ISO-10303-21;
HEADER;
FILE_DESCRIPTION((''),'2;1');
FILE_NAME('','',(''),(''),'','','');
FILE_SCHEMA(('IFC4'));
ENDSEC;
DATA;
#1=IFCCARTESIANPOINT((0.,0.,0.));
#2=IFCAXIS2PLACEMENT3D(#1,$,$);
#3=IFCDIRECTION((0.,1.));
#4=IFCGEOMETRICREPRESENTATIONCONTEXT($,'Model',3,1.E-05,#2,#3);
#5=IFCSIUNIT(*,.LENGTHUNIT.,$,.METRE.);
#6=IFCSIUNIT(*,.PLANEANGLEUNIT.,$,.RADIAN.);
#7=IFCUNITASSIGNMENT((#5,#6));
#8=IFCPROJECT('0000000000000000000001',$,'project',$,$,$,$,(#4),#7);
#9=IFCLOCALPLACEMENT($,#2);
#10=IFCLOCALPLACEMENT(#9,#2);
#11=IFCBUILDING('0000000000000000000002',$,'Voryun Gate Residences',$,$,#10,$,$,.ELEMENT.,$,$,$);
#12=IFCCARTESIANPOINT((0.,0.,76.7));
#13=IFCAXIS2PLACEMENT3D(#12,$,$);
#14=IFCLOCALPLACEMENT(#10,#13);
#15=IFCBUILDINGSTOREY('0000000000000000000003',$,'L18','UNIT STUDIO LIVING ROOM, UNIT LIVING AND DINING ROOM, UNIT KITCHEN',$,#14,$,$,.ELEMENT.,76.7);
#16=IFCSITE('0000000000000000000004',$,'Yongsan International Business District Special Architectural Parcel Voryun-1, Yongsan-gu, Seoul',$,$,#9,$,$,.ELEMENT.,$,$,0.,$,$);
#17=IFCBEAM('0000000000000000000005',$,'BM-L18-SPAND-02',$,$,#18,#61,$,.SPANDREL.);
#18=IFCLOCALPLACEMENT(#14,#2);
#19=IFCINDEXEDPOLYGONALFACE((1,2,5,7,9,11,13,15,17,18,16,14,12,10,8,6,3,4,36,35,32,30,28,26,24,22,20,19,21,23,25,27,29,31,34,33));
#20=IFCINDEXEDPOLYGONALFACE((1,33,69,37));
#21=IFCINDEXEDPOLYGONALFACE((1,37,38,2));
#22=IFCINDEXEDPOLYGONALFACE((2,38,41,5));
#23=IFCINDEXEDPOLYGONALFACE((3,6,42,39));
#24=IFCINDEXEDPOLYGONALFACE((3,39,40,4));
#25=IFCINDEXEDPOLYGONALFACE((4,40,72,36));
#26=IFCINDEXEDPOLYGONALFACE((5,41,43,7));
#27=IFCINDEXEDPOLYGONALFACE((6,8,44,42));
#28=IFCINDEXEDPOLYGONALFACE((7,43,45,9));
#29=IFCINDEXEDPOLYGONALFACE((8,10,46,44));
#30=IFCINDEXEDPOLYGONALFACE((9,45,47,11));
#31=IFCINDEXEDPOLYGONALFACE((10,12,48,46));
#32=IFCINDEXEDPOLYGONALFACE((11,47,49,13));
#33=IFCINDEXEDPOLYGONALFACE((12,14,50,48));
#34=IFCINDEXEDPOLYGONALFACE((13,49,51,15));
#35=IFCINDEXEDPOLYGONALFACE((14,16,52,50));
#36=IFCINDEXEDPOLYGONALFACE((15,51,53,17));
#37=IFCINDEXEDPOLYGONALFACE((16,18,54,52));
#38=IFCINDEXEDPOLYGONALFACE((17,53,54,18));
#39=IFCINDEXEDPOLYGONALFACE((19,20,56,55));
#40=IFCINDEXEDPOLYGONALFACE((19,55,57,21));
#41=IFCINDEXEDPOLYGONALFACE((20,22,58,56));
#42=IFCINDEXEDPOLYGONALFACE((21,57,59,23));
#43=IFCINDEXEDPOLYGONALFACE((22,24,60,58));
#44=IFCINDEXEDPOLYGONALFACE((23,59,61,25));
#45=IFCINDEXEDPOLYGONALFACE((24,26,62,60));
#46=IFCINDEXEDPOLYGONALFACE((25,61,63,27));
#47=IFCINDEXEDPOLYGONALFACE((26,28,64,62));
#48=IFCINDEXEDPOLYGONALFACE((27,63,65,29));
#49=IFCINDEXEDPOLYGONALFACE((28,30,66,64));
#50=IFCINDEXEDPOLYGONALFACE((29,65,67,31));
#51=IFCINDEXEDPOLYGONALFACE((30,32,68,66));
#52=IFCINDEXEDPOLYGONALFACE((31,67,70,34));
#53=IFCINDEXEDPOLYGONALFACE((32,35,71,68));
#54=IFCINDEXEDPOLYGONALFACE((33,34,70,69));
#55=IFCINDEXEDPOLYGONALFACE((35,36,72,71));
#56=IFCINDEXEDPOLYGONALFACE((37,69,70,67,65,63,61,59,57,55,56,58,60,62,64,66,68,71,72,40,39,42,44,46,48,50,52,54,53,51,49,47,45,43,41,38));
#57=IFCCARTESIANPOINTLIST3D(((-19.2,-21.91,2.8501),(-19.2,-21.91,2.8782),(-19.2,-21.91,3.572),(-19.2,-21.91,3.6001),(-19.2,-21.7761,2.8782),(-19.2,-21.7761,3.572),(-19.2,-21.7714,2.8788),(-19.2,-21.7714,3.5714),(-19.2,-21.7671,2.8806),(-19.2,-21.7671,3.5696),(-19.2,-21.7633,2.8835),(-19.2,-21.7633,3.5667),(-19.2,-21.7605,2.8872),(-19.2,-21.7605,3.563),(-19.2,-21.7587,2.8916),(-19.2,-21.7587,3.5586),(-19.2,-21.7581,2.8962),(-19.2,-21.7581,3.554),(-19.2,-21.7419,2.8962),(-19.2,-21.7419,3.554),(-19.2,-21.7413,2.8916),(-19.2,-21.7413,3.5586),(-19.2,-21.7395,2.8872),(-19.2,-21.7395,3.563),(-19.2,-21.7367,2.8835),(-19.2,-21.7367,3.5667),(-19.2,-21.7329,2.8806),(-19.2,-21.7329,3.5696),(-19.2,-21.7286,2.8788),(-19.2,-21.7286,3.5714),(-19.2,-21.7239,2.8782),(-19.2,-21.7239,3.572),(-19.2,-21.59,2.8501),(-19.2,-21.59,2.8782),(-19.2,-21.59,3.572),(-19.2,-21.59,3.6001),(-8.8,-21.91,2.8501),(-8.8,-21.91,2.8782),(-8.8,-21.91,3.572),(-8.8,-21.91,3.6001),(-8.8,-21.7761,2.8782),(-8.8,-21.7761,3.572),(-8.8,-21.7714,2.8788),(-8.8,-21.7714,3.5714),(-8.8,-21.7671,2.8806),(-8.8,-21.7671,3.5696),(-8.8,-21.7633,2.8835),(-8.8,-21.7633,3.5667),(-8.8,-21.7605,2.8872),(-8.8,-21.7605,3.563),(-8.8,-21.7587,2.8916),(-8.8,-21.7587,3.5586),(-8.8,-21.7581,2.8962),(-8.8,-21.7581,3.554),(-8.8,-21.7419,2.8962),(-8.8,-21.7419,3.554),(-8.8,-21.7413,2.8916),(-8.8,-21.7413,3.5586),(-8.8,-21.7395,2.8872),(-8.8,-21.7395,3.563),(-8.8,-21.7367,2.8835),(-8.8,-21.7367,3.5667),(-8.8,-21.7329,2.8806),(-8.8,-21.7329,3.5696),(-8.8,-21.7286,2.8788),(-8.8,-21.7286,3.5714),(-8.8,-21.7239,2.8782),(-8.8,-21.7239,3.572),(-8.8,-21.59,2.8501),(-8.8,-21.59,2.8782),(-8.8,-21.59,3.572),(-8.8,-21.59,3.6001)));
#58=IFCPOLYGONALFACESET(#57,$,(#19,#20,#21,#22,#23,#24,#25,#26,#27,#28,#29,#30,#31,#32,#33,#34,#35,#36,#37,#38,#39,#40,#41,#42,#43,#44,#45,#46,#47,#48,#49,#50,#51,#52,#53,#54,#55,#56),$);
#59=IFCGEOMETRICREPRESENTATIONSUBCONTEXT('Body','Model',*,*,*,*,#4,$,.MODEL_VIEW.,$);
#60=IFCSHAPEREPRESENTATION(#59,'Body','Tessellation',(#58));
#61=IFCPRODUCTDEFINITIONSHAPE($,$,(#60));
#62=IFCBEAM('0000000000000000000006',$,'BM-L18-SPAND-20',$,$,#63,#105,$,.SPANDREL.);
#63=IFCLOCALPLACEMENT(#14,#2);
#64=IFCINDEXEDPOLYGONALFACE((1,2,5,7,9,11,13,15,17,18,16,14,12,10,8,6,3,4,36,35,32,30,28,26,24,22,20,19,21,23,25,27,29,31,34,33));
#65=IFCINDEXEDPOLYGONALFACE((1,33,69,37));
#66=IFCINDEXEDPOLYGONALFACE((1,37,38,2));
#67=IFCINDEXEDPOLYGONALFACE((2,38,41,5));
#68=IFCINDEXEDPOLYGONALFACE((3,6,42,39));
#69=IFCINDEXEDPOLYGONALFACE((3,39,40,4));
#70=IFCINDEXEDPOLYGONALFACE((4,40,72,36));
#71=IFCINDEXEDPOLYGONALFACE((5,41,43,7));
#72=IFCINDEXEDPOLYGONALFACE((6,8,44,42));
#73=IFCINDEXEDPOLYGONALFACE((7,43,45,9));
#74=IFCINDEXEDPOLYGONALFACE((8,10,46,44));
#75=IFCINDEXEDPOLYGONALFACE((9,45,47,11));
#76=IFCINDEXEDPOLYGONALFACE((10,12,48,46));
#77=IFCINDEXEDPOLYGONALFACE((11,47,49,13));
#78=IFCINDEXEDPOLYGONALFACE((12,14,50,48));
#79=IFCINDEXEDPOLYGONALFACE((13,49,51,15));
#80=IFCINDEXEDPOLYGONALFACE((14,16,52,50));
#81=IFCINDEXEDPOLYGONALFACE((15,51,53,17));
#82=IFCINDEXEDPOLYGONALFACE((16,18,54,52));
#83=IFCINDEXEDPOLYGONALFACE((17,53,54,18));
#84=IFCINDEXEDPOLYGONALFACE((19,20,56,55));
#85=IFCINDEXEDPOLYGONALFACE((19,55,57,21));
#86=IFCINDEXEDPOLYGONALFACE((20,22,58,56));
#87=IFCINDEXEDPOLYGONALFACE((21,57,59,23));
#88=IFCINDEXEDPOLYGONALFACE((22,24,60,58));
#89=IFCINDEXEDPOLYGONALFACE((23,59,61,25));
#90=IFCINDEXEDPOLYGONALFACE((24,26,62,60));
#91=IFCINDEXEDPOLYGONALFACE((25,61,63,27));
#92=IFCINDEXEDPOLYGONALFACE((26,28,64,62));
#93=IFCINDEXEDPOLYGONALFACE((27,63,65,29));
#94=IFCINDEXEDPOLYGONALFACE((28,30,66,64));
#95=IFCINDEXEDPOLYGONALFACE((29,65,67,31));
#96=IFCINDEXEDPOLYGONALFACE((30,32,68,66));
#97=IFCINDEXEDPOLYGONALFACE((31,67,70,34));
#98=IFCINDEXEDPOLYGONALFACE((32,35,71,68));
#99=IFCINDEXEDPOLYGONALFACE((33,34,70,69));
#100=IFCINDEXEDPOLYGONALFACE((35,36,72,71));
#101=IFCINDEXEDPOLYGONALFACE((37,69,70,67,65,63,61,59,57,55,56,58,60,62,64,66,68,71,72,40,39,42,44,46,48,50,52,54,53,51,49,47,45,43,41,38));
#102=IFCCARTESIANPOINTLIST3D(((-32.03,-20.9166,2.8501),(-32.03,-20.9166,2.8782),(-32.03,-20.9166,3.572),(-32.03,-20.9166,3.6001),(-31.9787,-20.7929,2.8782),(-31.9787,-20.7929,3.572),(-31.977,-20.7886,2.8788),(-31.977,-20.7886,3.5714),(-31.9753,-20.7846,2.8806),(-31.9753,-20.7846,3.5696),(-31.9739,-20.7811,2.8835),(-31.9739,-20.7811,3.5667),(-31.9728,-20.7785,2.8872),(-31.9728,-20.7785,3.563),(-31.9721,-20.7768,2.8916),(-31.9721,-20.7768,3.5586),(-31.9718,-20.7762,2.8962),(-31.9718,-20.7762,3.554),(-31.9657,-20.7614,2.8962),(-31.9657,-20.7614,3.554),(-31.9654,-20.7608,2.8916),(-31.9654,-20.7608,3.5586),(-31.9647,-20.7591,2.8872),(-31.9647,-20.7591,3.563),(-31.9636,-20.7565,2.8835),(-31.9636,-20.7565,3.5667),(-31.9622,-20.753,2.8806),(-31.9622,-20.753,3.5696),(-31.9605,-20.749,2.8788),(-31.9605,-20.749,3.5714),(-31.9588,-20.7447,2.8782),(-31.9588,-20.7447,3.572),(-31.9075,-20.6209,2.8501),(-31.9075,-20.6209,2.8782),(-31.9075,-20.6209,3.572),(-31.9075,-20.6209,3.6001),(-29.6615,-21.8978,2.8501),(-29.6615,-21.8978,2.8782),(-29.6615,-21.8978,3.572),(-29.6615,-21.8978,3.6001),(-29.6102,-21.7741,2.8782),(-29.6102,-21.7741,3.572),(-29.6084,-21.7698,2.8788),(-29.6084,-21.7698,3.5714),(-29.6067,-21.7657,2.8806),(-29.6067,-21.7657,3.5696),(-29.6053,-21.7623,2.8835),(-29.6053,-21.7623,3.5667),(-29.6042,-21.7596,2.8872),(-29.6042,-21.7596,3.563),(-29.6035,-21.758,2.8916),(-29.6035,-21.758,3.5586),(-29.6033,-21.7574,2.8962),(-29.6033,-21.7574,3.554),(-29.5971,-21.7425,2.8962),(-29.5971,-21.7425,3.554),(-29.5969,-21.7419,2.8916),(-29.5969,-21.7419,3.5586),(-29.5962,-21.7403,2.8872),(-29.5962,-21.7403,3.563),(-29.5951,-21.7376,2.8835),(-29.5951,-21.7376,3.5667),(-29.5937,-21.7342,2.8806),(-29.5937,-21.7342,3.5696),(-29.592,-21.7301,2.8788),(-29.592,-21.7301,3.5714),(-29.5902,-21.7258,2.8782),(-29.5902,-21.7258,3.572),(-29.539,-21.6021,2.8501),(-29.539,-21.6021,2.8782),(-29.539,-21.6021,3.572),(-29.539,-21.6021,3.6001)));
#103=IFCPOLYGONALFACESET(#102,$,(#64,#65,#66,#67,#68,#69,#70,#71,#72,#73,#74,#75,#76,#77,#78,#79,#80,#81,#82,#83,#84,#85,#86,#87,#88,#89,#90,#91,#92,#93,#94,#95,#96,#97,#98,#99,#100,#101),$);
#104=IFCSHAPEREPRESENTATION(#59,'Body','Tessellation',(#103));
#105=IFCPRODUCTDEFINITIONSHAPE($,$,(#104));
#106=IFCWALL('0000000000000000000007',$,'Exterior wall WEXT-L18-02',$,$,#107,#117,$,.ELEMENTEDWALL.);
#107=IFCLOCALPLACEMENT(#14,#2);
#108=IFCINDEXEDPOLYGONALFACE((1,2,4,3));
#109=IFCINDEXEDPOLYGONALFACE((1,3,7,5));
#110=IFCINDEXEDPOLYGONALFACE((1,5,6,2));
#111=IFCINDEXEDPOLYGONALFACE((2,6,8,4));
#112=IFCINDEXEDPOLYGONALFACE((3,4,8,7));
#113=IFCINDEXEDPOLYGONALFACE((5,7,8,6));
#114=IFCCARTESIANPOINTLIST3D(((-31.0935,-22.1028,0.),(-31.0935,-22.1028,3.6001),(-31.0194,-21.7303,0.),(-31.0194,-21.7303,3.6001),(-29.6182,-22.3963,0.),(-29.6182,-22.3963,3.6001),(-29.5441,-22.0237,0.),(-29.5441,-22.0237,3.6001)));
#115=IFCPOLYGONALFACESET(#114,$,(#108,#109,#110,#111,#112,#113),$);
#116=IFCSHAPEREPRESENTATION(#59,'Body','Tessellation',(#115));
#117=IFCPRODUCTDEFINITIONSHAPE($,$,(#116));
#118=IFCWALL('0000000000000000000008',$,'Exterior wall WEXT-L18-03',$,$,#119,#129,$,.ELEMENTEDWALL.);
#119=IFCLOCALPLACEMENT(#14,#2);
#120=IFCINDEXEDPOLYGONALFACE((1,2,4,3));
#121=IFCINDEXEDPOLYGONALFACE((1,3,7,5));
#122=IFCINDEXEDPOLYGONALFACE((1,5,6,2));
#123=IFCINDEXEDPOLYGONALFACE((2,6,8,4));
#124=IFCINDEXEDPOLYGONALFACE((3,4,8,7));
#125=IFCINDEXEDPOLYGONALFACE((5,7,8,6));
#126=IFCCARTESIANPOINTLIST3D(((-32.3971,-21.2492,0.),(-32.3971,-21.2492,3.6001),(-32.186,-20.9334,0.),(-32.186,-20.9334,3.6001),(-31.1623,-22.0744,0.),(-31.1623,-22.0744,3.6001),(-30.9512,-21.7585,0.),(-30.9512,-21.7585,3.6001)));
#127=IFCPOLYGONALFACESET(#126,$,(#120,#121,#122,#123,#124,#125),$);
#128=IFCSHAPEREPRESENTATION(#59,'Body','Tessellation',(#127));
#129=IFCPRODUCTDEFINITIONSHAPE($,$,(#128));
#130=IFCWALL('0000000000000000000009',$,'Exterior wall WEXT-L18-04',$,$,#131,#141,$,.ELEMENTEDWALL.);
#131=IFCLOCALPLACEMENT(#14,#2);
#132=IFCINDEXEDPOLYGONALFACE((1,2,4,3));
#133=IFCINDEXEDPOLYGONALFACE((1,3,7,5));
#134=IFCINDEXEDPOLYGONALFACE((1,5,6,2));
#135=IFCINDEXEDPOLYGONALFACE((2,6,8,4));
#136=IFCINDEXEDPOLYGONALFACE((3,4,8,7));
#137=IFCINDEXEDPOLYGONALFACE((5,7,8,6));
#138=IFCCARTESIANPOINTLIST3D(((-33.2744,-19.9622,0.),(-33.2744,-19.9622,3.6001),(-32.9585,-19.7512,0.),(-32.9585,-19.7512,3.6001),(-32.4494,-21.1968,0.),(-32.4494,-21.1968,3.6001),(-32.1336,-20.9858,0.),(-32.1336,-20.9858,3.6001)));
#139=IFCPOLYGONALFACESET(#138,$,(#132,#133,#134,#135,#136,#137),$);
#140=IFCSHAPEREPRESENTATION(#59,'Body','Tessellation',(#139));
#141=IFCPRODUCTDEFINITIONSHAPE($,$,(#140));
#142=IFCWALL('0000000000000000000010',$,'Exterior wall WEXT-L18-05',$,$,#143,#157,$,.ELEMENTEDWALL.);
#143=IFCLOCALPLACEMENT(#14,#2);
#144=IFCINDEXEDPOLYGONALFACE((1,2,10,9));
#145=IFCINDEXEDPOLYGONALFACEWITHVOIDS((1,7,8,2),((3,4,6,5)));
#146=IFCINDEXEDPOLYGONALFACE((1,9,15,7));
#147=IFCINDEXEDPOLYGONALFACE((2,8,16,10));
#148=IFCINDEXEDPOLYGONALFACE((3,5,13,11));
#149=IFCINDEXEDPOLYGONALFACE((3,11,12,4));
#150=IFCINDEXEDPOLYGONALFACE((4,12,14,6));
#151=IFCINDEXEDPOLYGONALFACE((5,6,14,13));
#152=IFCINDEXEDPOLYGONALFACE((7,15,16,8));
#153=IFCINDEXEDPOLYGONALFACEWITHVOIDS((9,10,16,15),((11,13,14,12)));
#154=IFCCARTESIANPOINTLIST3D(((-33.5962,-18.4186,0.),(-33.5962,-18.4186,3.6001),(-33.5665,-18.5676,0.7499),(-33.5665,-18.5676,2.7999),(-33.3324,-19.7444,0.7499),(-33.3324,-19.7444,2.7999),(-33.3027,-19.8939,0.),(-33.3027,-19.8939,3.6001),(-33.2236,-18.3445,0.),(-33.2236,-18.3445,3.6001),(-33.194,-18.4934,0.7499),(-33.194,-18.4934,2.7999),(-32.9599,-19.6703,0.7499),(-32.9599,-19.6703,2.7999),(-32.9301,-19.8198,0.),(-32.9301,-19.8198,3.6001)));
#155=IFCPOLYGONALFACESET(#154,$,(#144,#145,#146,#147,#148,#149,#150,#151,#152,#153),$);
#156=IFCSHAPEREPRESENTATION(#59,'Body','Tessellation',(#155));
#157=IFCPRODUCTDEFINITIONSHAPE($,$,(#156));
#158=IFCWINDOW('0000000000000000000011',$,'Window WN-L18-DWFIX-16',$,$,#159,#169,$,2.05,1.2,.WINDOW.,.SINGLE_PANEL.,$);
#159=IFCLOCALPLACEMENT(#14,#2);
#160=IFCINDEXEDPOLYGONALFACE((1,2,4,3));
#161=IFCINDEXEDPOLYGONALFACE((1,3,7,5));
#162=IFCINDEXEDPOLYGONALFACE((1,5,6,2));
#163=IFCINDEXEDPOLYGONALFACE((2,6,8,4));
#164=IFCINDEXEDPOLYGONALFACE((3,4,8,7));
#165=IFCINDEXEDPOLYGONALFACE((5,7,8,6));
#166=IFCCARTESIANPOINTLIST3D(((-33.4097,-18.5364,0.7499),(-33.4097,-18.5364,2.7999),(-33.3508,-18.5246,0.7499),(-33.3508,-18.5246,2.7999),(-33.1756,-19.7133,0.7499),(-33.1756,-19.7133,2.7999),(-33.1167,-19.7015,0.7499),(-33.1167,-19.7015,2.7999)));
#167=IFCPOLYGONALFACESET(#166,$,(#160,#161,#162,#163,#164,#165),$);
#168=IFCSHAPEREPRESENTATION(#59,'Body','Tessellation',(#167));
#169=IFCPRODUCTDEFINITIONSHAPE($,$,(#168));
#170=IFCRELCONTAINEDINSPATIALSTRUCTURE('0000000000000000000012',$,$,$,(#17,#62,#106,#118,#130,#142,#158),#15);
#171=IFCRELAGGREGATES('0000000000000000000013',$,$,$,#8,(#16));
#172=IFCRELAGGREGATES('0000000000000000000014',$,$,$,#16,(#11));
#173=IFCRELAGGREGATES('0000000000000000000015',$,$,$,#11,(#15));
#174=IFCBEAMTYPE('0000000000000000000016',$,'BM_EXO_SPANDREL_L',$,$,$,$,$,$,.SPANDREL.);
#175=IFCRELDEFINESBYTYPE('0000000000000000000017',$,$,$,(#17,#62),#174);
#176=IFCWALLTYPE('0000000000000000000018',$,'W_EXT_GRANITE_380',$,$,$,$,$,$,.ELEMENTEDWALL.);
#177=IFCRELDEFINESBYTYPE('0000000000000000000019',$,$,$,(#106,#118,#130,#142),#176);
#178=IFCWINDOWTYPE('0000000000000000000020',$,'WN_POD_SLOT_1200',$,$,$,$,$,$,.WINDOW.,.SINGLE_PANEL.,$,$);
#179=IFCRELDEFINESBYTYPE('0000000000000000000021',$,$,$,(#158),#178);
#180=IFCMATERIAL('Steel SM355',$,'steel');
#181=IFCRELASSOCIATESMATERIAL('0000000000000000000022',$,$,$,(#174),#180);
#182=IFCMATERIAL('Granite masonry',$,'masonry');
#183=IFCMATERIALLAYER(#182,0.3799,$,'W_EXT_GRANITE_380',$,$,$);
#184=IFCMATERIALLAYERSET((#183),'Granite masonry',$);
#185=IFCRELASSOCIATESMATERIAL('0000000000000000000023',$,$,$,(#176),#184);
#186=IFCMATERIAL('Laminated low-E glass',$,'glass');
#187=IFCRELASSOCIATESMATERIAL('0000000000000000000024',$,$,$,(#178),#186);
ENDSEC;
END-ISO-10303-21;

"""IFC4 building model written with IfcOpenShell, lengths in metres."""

from ifc_helpers import new_model, si_unit, direction, frame, frame_2d, origin, origin_2d, place, context, subcontext, project, spatial, rectangle, i_section, extrude, material, layer, layer_set, material_profile, profile_set, type_object, element, fill, save


model = new_model("IFC4")

# Units and contexts
model_context = context("Model", 3, precision=1e-05, world=origin(), true_north=direction((0.0, 1.0)))
body_context = subcontext(model_context, "Body", "Model", "MODEL_VIEW")
ifc_project = project(units=[si_unit("LENGTHUNIT", "METRE"), si_unit("PLANEANGLEUNIT", "RADIAN")], contexts=[model_context])

# Site, building, storey
site_placement = place(None, origin())
site = spatial("IfcSite", under=ifc_project, at=site_placement, Name="Yongsan International Business District Special Architectural Parcel Voryun-1, Yongsan-gu, Seoul", CompositionType="ELEMENT", RefElevation=0.0)
building_placement = place(site_placement, origin())
building = spatial("IfcBuilding", under=site, at=building_placement, Name="Voryun Gate Residences", CompositionType="ELEMENT")
storey_placement = place(building_placement, frame((0.0, 0.0, 76.7)))
storey = spatial("IfcBuildingStorey", under=building, at=storey_placement, Name="L18", Description="UNIT STUDIO LIVING ROOM, UNIT LIVING AND DINING ROOM, UNIT KITCHEN", CompositionType="ELEMENT", Elevation=76.7)

# Beams
ifc_material_1 = material(Name="Steel SM355", Category="steel")
ifc_material_profile_1 = material_profile(ifc_material_1, i_section(OverallWidth=0.3201, OverallDepth=0.75, WebThickness=0.0161, FlangeThickness=0.0281, FilletRadius=0.0181, at=origin_2d()), Name="H-750x320x16x28")
ifc_profile_set_1 = profile_set([ifc_material_profile_1], Name="Steel SM355")
beam_type = type_object("IfcBeamType", Name="BM_EXO_SPANDREL_L", PredefinedType="SPANDREL", material=ifc_profile_set_1)
beam_1_placement = place(storey_placement, frame((-19.2, -21.75, 3.2251), z_axis=(1.0, 0.0, 0.0), x_axis=(0.0, 1.0, 0.0)))
element("IfcBeam", 1, at=beam_1_placement, inside=storey, type_object=beam_type, Name="BM-L18-SPAND-02", PredefinedType="SPANDREL", context=body_context, shape_type="SweptSolid", body=[
    extrude(i_section(OverallWidth=0.3201, OverallDepth=0.75, WebThickness=0.0161, FlangeThickness=0.0281, FilletRadius=0.0181, at=origin_2d()), origin(), (0.0, 0.0, 1.0), 10.3999),
])
beam_2_placement = place(storey_placement, frame((-31.9688, -20.7688, 3.2251), z_axis=(0.923869, -0.382708, 0.0), x_axis=(0.382708, 0.923869, 0.0)))
element("IfcBeam", 2, at=beam_2_placement, inside=storey, type_object=beam_type, Name="BM-L18-SPAND-20", PredefinedType="SPANDREL", context=body_context, shape_type="SweptSolid", body=[
    extrude(i_section(OverallWidth=0.3201, OverallDepth=0.75, WebThickness=0.0161, FlangeThickness=0.0281, FilletRadius=0.0181, at=origin_2d()), origin(), (0.0, 0.0, 1.0), 2.5637),
])

# Walls
ifc_material_2 = material(Name="Granite masonry", Category="masonry")
ifc_layer_1 = layer(ifc_material_2, 0.3799, Name="W_EXT_GRANITE_380")
ifc_layer_set_1 = layer_set([ifc_layer_1], Name="Granite masonry")
wall_type_1 = type_object("IfcWallType", Name="W_EXT_GRANITE_380", PredefinedType="ELEMENTEDWALL", material=ifc_layer_set_1)
wall_1_placement = place(storey_placement, frame((-29.5813, -22.21, 0.0), z_axis=(0.0, 0.0, 1.0), x_axis=(-0.980786, 0.195086, 0.0)))
element("IfcWall", 3, at=wall_1_placement, inside=storey, type_object=wall_type_1, Name="Exterior wall WEXT-L18-02", PredefinedType="ELEMENTEDWALL", context=body_context, shape_type="SweptSolid", body=[
    extrude(rectangle(XDim=1.5042, YDim=0.3799, at=frame_2d((0.752, 0.0))), origin(), (0.0, 0.0, 1.0), 3.6001),
])
wall_2_placement = place(storey_placement, frame((-31.0566, -21.9165, 0.0), z_axis=(0.0, 0.0, 1.0), x_axis=(-0.831443, 0.55561, 0.0)))
element("IfcWall", 4, at=wall_2_placement, inside=storey, type_object=wall_type_1, Name="Exterior wall WEXT-L18-03", PredefinedType="ELEMENTEDWALL", context=body_context, shape_type="SweptSolid", body=[
    extrude(rectangle(XDim=1.4851, YDim=0.3799, at=frame_2d((0.7427, 0.0))), origin(), (0.0, 0.0, 1.0), 3.6001),
])
wall_3_placement = place(storey_placement, frame((-32.2915, -21.0913, 0.0), z_axis=(0.0, 0.0, 1.0), x_axis=(-0.555573, 0.831468, 0.0)))
element("IfcWall", 5, at=wall_3_placement, inside=storey, type_object=wall_type_1, Name="Exterior wall WEXT-L18-04", PredefinedType="ELEMENTEDWALL", context=body_context, shape_type="SweptSolid", body=[
    extrude(rectangle(XDim=1.4849, YDim=0.3799, at=frame_2d((0.7424, 0.0))), origin(), (0.0, 0.0, 1.0), 3.6001),
])

# Wall, opening, window
wall_4_placement = place(storey_placement, frame((-33.1165, -19.8567, 0.0), z_axis=(0.0, 0.0, 1.0), x_axis=(-0.195086, 0.980786, 0.0)))
wall_4 = element("IfcWall", 6, at=wall_4_placement, inside=storey, type_object=wall_type_1, Name="Exterior wall WEXT-L18-05", PredefinedType="ELEMENTEDWALL", context=body_context, shape_type="SweptSolid", body=[
    extrude(rectangle(XDim=1.5042, YDim=0.3799, at=frame_2d((0.752, 0.0))), origin(), (0.0, 0.0, 1.0), 3.6001),
])
opening_1_placement = place(wall_4_placement, frame((0.1521, 0.0, 0.75)))
opening_1 = element("IfcOpeningElement", 7, at=opening_1_placement, cuts=wall_4, PredefinedType="OPENING", context=body_context, shape_type="SweptSolid", body=[
    extrude(rectangle(XDim=1.2, YDim=2.05, at=frame_2d((0.6001, 1.0249))), frame((0.0, 0.2, 0.0), z_axis=(0.0, -1.0, 0.0), x_axis=(1.0, 0.0, 0.0)), (0.0, 0.0, 1.0), 0.3999),
])
ifc_material_3 = material(Name="Laminated low-E glass", Category="glass")
window_type = type_object("IfcWindowType", Name="WN_POD_SLOT_1200", PartitioningType="SINGLE_PANEL", PredefinedType="WINDOW", material=ifc_material_3)
window_1_placement = place(opening_1_placement, origin())
window_1 = element("IfcWindow", 8, at=window_1_placement, inside=storey, type_object=window_type, Name="Window WN-L18-DWFIX-16", OverallHeight=2.05, OverallWidth=1.2, PartitioningType="SINGLE_PANEL", PredefinedType="WINDOW", context=body_context, shape_type="SweptSolid", body=[
    extrude(rectangle(XDim=1.2, YDim=2.05, at=frame_2d((0.6001, 1.0249))), frame((0.0, 0.03, 0.0), z_axis=(0.0, -1.0, 0.0), x_axis=(1.0, 0.0, 0.0)), (0.0, 0.0, 1.0), 0.0601),
])
fill(opening_1, window_1)

save(model, "model.ifc")
